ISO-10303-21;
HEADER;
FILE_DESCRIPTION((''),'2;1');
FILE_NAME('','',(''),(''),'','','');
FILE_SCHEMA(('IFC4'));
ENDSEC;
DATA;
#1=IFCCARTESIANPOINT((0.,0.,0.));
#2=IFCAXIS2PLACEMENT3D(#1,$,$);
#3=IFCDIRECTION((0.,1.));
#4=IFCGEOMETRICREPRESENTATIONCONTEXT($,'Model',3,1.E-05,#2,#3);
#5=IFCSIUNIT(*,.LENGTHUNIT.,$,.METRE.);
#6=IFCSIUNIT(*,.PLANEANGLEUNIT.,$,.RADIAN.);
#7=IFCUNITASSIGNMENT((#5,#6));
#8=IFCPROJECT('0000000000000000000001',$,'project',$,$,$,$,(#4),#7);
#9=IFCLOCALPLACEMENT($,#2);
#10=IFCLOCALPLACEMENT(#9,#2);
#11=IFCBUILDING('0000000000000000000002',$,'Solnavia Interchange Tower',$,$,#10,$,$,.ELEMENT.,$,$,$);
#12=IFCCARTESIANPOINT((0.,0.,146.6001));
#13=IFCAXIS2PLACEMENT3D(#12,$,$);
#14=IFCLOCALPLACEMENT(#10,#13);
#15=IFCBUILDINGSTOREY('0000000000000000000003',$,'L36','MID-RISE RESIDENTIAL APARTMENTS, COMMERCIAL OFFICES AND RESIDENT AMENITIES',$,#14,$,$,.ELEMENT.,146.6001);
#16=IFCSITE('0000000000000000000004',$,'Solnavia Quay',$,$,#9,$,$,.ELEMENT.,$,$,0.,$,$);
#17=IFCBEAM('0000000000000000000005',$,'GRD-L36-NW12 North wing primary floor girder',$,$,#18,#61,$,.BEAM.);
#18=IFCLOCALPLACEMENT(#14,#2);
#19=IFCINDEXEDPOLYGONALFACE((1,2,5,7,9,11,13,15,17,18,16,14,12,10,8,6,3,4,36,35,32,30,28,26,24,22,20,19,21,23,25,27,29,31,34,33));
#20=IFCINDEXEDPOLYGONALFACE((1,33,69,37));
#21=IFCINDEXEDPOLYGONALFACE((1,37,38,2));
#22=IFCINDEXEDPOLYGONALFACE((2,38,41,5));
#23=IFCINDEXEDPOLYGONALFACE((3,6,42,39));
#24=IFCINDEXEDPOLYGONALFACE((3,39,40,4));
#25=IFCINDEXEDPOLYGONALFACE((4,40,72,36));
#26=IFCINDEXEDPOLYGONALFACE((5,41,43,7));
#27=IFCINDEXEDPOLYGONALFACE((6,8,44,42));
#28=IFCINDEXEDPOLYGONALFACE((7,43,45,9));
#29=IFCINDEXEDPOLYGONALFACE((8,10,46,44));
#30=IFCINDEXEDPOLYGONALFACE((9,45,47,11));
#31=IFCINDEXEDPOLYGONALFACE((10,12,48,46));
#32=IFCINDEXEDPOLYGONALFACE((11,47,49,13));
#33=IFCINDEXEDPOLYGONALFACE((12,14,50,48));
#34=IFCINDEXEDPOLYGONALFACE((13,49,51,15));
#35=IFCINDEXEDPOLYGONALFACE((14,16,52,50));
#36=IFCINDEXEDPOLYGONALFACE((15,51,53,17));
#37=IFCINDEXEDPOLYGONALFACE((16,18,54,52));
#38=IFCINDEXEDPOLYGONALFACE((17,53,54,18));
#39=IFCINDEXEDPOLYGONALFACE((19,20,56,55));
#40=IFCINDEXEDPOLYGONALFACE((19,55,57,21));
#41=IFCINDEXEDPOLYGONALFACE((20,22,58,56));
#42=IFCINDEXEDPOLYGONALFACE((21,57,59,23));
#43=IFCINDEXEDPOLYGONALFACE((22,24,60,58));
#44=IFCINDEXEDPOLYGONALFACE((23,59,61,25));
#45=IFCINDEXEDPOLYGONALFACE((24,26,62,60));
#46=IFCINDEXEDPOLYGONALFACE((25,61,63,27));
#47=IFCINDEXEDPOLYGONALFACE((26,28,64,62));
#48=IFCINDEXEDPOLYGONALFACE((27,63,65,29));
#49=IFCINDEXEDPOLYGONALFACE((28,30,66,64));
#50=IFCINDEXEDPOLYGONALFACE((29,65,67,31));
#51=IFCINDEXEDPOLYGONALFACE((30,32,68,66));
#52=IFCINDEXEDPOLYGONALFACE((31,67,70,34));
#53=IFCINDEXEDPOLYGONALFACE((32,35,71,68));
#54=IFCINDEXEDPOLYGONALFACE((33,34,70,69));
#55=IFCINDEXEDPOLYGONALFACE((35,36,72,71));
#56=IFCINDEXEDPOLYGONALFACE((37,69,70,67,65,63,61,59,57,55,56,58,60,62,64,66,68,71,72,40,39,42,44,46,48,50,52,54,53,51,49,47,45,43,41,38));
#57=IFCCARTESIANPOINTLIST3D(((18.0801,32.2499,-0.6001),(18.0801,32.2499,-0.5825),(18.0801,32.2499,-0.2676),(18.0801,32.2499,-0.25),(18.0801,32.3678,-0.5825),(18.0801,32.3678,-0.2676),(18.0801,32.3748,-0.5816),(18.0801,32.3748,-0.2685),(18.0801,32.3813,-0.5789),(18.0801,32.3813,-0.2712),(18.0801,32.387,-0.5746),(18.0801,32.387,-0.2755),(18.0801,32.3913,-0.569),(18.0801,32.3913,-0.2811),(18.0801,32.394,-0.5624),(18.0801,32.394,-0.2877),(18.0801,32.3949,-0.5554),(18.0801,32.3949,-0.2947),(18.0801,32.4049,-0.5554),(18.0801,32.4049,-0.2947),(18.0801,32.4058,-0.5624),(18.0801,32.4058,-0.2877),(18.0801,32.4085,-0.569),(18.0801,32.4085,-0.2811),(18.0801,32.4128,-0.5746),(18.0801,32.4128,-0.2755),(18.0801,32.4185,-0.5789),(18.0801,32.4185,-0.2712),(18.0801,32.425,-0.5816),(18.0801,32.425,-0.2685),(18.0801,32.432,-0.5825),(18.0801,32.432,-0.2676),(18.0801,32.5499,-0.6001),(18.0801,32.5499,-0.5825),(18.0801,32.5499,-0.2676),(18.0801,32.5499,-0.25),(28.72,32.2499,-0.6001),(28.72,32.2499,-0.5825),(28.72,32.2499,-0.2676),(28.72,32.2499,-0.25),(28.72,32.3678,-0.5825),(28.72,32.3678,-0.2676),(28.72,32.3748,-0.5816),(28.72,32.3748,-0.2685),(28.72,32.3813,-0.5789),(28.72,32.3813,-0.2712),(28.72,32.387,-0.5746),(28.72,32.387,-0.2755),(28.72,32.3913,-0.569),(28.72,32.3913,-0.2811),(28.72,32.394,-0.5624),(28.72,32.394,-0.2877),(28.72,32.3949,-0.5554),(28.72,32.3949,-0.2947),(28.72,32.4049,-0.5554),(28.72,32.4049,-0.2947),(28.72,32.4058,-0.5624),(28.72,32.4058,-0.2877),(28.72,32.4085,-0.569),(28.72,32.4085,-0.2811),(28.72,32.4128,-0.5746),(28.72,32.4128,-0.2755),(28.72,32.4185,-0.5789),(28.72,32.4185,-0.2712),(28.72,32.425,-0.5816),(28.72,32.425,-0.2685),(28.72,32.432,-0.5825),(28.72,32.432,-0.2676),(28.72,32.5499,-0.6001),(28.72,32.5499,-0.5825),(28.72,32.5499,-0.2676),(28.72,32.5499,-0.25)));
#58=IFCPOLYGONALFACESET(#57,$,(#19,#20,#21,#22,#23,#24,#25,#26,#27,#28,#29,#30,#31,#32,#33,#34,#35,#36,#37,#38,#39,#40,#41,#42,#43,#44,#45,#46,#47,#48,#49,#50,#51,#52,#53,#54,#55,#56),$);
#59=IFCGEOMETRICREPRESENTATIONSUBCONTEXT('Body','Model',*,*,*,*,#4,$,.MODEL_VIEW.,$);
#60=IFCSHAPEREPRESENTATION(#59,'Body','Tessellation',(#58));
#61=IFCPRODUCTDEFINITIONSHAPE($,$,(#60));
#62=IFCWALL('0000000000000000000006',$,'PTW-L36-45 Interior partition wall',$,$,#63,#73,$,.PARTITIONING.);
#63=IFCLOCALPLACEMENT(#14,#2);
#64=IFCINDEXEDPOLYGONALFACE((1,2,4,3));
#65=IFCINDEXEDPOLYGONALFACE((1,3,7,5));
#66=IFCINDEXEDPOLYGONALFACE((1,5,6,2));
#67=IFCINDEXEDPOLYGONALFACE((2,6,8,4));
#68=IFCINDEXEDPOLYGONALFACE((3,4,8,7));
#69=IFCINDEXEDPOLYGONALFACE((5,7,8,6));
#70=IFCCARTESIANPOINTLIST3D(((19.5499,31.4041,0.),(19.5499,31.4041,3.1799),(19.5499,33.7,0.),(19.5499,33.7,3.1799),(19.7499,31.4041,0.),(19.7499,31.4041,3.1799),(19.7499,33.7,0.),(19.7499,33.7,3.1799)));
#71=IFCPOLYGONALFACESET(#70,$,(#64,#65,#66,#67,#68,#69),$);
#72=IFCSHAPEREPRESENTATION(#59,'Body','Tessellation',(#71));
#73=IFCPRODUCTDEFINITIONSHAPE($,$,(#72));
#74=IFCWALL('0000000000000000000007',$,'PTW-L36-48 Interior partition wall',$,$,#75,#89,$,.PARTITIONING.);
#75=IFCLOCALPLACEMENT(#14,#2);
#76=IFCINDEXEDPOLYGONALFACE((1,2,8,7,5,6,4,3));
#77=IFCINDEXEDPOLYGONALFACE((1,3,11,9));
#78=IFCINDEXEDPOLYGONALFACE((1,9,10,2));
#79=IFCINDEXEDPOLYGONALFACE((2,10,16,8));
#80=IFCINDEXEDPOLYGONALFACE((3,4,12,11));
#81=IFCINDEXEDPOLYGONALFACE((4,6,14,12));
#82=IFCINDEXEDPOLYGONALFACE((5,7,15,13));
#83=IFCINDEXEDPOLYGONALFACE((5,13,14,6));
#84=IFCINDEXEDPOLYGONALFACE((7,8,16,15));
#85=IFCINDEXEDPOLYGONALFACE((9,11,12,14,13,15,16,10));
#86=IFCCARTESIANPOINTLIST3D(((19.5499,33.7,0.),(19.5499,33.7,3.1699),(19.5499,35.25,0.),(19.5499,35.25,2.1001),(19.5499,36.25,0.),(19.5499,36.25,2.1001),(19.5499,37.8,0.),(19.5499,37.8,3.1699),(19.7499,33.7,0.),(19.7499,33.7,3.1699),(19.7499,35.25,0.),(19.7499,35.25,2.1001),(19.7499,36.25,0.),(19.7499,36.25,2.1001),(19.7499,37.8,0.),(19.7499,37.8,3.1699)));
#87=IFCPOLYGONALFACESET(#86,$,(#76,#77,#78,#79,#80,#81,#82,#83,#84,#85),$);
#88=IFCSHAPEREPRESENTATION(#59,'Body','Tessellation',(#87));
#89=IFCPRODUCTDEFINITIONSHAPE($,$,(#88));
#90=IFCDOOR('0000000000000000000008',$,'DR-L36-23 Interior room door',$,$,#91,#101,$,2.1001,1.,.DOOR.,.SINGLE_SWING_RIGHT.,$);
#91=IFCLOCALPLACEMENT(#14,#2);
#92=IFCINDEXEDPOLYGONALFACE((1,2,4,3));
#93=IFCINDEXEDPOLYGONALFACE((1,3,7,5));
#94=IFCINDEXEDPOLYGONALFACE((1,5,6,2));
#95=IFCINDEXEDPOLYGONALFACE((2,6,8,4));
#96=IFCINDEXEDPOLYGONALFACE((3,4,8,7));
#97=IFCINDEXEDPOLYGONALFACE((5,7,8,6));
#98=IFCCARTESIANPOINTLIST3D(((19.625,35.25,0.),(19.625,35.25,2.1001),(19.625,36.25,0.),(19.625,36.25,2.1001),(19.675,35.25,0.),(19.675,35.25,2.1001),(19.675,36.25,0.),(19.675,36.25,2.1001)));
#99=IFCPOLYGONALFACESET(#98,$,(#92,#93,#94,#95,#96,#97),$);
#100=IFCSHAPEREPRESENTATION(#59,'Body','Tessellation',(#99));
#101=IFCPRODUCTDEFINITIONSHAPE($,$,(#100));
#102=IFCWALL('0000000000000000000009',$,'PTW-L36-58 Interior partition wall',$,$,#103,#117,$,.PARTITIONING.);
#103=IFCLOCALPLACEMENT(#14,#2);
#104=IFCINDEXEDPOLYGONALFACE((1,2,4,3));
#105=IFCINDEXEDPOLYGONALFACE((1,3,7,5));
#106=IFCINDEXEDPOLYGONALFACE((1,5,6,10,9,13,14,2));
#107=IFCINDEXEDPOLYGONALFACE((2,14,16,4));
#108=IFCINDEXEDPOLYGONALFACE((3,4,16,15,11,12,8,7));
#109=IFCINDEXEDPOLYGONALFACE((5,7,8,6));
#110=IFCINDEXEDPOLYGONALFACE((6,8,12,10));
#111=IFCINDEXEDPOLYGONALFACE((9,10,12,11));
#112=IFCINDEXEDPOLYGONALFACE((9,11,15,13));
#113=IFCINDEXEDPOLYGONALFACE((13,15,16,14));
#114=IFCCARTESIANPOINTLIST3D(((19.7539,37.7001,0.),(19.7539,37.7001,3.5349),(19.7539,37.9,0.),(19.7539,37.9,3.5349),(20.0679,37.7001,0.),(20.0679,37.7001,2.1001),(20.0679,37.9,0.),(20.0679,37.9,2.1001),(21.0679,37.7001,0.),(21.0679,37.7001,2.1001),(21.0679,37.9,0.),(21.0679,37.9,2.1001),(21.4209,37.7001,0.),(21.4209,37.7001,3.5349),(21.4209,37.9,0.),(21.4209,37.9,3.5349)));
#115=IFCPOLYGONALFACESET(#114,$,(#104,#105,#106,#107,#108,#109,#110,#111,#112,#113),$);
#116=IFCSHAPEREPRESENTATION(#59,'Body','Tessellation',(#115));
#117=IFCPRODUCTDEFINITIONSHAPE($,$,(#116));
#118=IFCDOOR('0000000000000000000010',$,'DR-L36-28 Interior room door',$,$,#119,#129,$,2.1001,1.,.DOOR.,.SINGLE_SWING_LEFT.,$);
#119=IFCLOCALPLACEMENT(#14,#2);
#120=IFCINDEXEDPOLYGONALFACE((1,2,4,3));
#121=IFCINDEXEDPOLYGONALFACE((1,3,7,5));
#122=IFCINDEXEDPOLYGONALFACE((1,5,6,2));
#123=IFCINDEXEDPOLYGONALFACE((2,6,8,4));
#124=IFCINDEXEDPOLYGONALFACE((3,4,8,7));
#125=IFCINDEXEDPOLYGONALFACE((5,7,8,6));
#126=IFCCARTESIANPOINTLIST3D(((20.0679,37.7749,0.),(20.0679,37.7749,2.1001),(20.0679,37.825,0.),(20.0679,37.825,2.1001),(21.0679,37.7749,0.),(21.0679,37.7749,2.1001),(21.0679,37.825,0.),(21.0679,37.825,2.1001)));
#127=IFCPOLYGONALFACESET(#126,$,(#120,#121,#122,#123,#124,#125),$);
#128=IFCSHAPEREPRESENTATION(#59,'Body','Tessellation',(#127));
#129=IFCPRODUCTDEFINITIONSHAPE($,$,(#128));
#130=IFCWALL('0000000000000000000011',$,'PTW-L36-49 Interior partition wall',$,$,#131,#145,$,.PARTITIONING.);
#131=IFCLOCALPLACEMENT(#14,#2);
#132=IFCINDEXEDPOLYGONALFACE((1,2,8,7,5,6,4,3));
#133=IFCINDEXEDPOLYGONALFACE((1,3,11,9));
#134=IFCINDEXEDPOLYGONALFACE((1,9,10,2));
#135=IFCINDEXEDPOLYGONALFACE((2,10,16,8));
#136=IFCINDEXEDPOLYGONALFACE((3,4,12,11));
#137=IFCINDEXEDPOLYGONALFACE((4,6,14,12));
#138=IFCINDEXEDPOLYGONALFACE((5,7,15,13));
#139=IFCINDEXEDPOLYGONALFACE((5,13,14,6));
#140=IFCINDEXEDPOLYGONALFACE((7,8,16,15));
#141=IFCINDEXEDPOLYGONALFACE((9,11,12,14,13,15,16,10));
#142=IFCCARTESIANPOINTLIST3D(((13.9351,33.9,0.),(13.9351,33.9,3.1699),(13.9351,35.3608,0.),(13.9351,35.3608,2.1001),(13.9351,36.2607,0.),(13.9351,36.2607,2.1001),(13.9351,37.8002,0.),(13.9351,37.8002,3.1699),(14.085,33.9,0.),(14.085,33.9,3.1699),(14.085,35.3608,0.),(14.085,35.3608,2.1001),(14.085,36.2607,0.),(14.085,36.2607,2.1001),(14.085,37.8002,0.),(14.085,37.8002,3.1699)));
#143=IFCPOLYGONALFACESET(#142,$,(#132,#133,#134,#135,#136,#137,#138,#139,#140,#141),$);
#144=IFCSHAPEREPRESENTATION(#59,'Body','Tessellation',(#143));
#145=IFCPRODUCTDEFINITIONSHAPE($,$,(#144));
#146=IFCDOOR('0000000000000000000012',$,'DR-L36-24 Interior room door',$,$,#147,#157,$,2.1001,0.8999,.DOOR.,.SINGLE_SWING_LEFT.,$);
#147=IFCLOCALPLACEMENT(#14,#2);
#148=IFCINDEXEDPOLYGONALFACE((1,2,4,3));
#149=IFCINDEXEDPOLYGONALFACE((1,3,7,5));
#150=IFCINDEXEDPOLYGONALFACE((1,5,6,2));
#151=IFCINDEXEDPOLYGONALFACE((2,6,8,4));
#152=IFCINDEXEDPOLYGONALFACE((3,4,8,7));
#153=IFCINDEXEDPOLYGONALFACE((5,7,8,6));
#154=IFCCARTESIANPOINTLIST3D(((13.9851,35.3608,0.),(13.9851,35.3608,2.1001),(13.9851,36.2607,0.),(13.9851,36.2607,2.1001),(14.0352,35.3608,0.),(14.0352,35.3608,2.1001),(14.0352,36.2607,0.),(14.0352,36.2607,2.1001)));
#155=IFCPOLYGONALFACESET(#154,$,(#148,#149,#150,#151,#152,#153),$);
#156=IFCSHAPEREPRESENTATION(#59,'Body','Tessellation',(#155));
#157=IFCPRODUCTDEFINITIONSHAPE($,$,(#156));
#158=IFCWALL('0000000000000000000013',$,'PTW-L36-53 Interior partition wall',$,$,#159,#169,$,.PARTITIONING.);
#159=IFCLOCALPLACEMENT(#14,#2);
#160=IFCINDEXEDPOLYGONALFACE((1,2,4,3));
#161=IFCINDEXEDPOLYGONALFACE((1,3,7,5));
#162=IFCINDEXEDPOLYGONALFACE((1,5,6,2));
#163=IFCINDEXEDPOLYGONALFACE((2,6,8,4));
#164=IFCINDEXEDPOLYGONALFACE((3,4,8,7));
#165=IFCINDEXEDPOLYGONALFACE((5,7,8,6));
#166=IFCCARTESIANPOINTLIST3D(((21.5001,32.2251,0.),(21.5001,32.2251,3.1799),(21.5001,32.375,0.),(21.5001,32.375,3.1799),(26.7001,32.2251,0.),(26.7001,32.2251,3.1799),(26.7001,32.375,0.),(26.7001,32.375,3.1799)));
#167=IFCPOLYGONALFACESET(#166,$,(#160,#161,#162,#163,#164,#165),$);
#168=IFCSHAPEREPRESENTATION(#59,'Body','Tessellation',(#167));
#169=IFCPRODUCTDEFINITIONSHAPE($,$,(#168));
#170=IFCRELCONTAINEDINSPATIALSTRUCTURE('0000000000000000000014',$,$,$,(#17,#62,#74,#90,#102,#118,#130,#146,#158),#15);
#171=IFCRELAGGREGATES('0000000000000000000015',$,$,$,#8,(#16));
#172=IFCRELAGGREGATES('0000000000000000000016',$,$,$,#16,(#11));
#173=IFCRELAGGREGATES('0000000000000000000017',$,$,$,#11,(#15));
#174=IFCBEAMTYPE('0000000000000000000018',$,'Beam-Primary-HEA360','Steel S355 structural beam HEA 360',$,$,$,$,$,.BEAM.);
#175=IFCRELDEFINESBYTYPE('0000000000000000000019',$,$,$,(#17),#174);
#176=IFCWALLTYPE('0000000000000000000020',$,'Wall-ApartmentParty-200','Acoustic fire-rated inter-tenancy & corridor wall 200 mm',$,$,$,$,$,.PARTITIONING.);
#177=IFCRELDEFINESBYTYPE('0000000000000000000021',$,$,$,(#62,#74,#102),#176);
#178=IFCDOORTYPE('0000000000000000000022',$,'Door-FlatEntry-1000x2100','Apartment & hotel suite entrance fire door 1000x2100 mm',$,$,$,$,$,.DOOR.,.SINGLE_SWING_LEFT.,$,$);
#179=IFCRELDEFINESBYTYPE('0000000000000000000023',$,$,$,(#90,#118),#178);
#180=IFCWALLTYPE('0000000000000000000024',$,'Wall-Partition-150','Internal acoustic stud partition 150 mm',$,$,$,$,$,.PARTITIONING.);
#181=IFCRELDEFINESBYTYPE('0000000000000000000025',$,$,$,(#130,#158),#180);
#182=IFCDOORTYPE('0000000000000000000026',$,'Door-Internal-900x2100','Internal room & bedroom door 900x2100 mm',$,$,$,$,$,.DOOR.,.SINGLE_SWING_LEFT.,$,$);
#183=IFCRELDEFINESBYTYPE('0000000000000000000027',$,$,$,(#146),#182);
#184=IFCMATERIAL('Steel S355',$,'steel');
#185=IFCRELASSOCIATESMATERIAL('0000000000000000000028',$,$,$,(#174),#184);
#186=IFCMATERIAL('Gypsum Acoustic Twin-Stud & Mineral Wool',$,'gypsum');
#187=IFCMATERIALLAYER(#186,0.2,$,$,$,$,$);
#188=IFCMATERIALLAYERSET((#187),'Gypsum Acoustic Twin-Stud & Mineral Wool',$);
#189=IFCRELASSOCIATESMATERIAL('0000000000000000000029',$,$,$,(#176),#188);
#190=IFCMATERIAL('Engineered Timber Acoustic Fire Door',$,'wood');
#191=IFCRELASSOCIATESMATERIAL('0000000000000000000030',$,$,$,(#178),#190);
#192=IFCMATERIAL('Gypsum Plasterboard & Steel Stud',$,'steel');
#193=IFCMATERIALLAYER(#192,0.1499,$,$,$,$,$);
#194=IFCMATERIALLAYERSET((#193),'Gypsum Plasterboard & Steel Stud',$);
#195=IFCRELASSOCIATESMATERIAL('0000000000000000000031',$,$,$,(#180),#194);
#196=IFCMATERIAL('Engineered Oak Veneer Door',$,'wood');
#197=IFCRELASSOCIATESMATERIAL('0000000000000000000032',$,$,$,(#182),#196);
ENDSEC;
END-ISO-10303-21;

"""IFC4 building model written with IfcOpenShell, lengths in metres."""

from ifc_helpers import new_model, si_unit, direction, frame, frame_2d, origin, origin_2d, place, context, subcontext, project, spatial, rectangle, i_section, extrude, material, layer, layer_set, material_profile, profile_set, type_object, element, fill, save


model = new_model("IFC4")

# Units and contexts
model_context = context("Model", 3, precision=1e-05, world=origin(), true_north=direction((0.0, 1.0)))
body_context = subcontext(model_context, "Body", "Model", "MODEL_VIEW")
ifc_project = project(units=[si_unit("LENGTHUNIT", "METRE"), si_unit("PLANEANGLEUNIT", "RADIAN")], contexts=[model_context])

# Site, building, storey
site_placement = place(None, origin())
site = spatial("IfcSite", under=ifc_project, at=site_placement, Name="Solnavia Quay", CompositionType="ELEMENT", RefElevation=0.0)
building_placement = place(site_placement, origin())
building = spatial("IfcBuilding", under=site, at=building_placement, Name="Solnavia Interchange Tower", CompositionType="ELEMENT")
storey_placement = place(building_placement, frame((0.0, 0.0, 146.6001)))
storey = spatial("IfcBuildingStorey", under=building, at=storey_placement, Name="L36", Description="MID-RISE RESIDENTIAL APARTMENTS, COMMERCIAL OFFICES AND RESIDENT AMENITIES", CompositionType="ELEMENT", Elevation=146.6001)

# Shared definitions
ifc_material_1 = material(Name="Steel S355", Category="steel")

# Beam
ifc_material_profile_1 = material_profile(ifc_material_1, i_section(OverallWidth=0.3, OverallDepth=0.3501, WebThickness=0.01, FlangeThickness=0.0176, FilletRadius=0.0271, at=origin_2d()), Name="HEA 360")
ifc_profile_set_1 = profile_set([ifc_material_profile_1], Name="Steel S355")
beam_type_1 = type_object("IfcBeamType", Name="Beam-Primary-HEA360", Description="Steel S355 structural beam HEA 360", PredefinedType="BEAM", material=ifc_profile_set_1)
beam_1_placement = place(storey_placement, frame((18.0801, 32.3999, -0.425), z_axis=(1.0, 0.0, 0.0), x_axis=(0.0, 1.0, 0.0)))
element("IfcBeam", 1, at=beam_1_placement, inside=storey, type_object=beam_type_1, Name="GRD-L36-NW12 North wing primary floor girder", PredefinedType="BEAM", context=body_context, shape_type="SweptSolid", body=[
    extrude(i_section(OverallWidth=0.3, OverallDepth=0.3501, WebThickness=0.01, FlangeThickness=0.0176, FilletRadius=0.0271, at=origin_2d()), origin(), (0.0, 0.0, 1.0), 10.6399),
])

# Wall
ifc_material_2 = material(Name="Gypsum Acoustic Twin-Stud & Mineral Wool", Category="gypsum")
ifc_layer_1 = layer(ifc_material_2, 0.2)
ifc_layer_set_1 = layer_set([ifc_layer_1], Name="Gypsum Acoustic Twin-Stud & Mineral Wool")
wall_type_1 = type_object("IfcWallType", Name="Wall-ApartmentParty-200", Description="Acoustic fire-rated inter-tenancy & corridor wall 200 mm", PredefinedType="PARTITIONING", material=ifc_layer_set_1)
wall_1_placement = place(storey_placement, frame((19.6499, 31.4041, 0.0), z_axis=(0.0, 0.0, 1.0), x_axis=(0.0, 1.0, 0.0)))
element("IfcWall", 2, at=wall_1_placement, inside=storey, type_object=wall_type_1, Name="PTW-L36-45 Interior partition wall", PredefinedType="PARTITIONING", context=body_context, shape_type="SweptSolid", body=[
    extrude(rectangle(XDim=2.2959, YDim=0.2, at=frame_2d((1.1479, 0.0))), origin(), (0.0, 0.0, 1.0), 3.1799),
])

# Walls, openings, doors
wall_2_placement = place(storey_placement, frame((19.6499, 33.7, 0.0), z_axis=(0.0, 0.0, 1.0), x_axis=(0.0, 1.0, 0.0)))
wall_2 = element("IfcWall", 3, at=wall_2_placement, inside=storey, type_object=wall_type_1, Name="PTW-L36-48 Interior partition wall", PredefinedType="PARTITIONING", context=body_context, shape_type="SweptSolid", body=[
    extrude(rectangle(XDim=4.1001, YDim=0.2, at=frame_2d((2.05, 0.0))), origin(), (0.0, 0.0, 1.0), 3.1699),
])
opening_1_placement = place(wall_2_placement, frame((1.55, 0.0, 0.0)))
opening_1 = element("IfcOpeningElement", 4, at=opening_1_placement, cuts=wall_2, PredefinedType="OPENING", context=body_context, shape_type="SweptSolid", body=[
    extrude(rectangle(XDim=1.0, YDim=2.1001, at=frame_2d((0.5, 1.05))), frame((0.0, 0.1099, 0.0), z_axis=(0.0, -1.0, 0.0), x_axis=(1.0, 0.0, 0.0)), (0.0, 0.0, 1.0), 0.22),
])
ifc_material_3 = material(Name="Engineered Timber Acoustic Fire Door", Category="wood")
door_type_1 = type_object("IfcDoorType", Name="Door-FlatEntry-1000x2100", Description="Apartment & hotel suite entrance fire door 1000x2100 mm", OperationType="SINGLE_SWING_LEFT", PredefinedType="DOOR", material=ifc_material_3)
door_1_placement = place(opening_1_placement, origin())
door_1 = element("IfcDoor", 5, at=door_1_placement, inside=storey, type_object=door_type_1, Name="DR-L36-23 Interior room door", OperationType="SINGLE_SWING_RIGHT", OverallHeight=2.1001, OverallWidth=1.0, PredefinedType="DOOR", context=body_context, shape_type="SweptSolid", body=[
    extrude(rectangle(XDim=1.0, YDim=2.1001, at=frame_2d((0.5, 1.05))), frame((0.0, 0.0249, 0.0), z_axis=(0.0, -1.0, 0.0), x_axis=(1.0, 0.0, 0.0)), (0.0, 0.0, 1.0), 0.05),
])
fill(opening_1, door_1)
wall_3_placement = place(storey_placement, frame((19.7539, 37.8, 0.0), z_axis=(0.0, 0.0, 1.0), x_axis=(1.0, 0.0, 0.0)))
wall_3 = element("IfcWall", 6, at=wall_3_placement, inside=storey, type_object=wall_type_1, Name="PTW-L36-58 Interior partition wall", PredefinedType="PARTITIONING", context=body_context, shape_type="SweptSolid", body=[
    extrude(rectangle(XDim=1.667, YDim=0.2, at=frame_2d((0.8335, 0.0))), origin(), (0.0, 0.0, 1.0), 3.5349),
])
opening_2_placement = place(wall_3_placement, frame((0.314, 0.0, 0.0)))
opening_2 = element("IfcOpeningElement", 7, at=opening_2_placement, cuts=wall_3, PredefinedType="OPENING", context=body_context, shape_type="SweptSolid", body=[
    extrude(rectangle(XDim=1.0, YDim=2.1001, at=frame_2d((0.5, 1.05))), frame((0.0, 0.1099, 0.0), z_axis=(0.0, -1.0, 0.0), x_axis=(1.0, 0.0, 0.0)), (0.0, 0.0, 1.0), 0.22),
])
door_2_placement = place(opening_2_placement, origin())
door_2 = element("IfcDoor", 8, at=door_2_placement, inside=storey, type_object=door_type_1, Name="DR-L36-28 Interior room door", OperationType="SINGLE_SWING_LEFT", OverallHeight=2.1001, OverallWidth=1.0, PredefinedType="DOOR", context=body_context, shape_type="SweptSolid", body=[
    extrude(rectangle(XDim=1.0, YDim=2.1001, at=frame_2d((0.5, 1.05))), frame((0.0, 0.0249, 0.0), z_axis=(0.0, -1.0, 0.0), x_axis=(1.0, 0.0, 0.0)), (0.0, 0.0, 1.0), 0.05),
])
fill(opening_2, door_2)
ifc_material_4 = material(Name="Gypsum Plasterboard & Steel Stud", Category="steel")
ifc_layer_2 = layer(ifc_material_4, 0.1499)
ifc_layer_set_2 = layer_set([ifc_layer_2], Name="Gypsum Plasterboard & Steel Stud")
wall_type_2 = type_object("IfcWallType", Name="Wall-Partition-150", Description="Internal acoustic stud partition 150 mm", PredefinedType="PARTITIONING", material=ifc_layer_set_2)
wall_4_placement = place(storey_placement, frame((14.01, 33.8999, 0.0), z_axis=(0.0, 0.0, 1.0), x_axis=(0.0, 1.0, 0.0)))
wall_4 = element("IfcWall", 9, at=wall_4_placement, inside=storey, type_object=wall_type_2, Name="PTW-L36-49 Interior partition wall", PredefinedType="PARTITIONING", context=body_context, shape_type="SweptSolid", body=[
    extrude(rectangle(XDim=3.9001, YDim=0.1499, at=frame_2d((1.9502, 0.0))), origin(), (0.0, 0.0, 1.0), 3.1699),
])
opening_3_placement = place(wall_4_placement, frame((1.4609, 0.0, 0.0)))
opening_3 = element("IfcOpeningElement", 10, at=opening_3_placement, cuts=wall_4, PredefinedType="OPENING", context=body_context, shape_type="SweptSolid", body=[
    extrude(rectangle(XDim=0.8999, YDim=2.1001, at=frame_2d((0.45, 1.05))), frame((0.0, 0.085, 0.0), z_axis=(0.0, -1.0, 0.0), x_axis=(1.0, 0.0, 0.0)), (0.0, 0.0, 1.0), 0.1699),
])
ifc_material_5 = material(Name="Engineered Oak Veneer Door", Category="wood")
door_type_2 = type_object("IfcDoorType", Name="Door-Internal-900x2100", Description="Internal room & bedroom door 900x2100 mm", OperationType="SINGLE_SWING_LEFT", PredefinedType="DOOR", material=ifc_material_5)
door_3_placement = place(opening_3_placement, origin())
door_3 = element("IfcDoor", 11, at=door_3_placement, inside=storey, type_object=door_type_2, Name="DR-L36-24 Interior room door", OperationType="SINGLE_SWING_LEFT", OverallHeight=2.1001, OverallWidth=0.8999, PredefinedType="DOOR", context=body_context, shape_type="SweptSolid", body=[
    extrude(rectangle(XDim=0.8999, YDim=2.1001, at=frame_2d((0.45, 1.05))), frame((0.0, 0.0249, 0.0), z_axis=(0.0, -1.0, 0.0), x_axis=(1.0, 0.0, 0.0)), (0.0, 0.0, 1.0), 0.05),
])
fill(opening_3, door_3)

# Wall
wall_5_placement = place(storey_placement, frame((21.5, 32.3, 0.0), z_axis=(0.0, 0.0, 1.0), x_axis=(1.0, 0.0, 0.0)))
element("IfcWall", 12, at=wall_5_placement, inside=storey, type_object=wall_type_2, Name="PTW-L36-53 Interior partition wall", PredefinedType="PARTITIONING", context=body_context, shape_type="SweptSolid", body=[
    extrude(rectangle(XDim=5.2, YDim=0.1499, at=frame_2d((2.6001, 0.0))), origin(), (0.0, 0.0, 1.0), 3.1799),
])

save(model, "model.ifc")
